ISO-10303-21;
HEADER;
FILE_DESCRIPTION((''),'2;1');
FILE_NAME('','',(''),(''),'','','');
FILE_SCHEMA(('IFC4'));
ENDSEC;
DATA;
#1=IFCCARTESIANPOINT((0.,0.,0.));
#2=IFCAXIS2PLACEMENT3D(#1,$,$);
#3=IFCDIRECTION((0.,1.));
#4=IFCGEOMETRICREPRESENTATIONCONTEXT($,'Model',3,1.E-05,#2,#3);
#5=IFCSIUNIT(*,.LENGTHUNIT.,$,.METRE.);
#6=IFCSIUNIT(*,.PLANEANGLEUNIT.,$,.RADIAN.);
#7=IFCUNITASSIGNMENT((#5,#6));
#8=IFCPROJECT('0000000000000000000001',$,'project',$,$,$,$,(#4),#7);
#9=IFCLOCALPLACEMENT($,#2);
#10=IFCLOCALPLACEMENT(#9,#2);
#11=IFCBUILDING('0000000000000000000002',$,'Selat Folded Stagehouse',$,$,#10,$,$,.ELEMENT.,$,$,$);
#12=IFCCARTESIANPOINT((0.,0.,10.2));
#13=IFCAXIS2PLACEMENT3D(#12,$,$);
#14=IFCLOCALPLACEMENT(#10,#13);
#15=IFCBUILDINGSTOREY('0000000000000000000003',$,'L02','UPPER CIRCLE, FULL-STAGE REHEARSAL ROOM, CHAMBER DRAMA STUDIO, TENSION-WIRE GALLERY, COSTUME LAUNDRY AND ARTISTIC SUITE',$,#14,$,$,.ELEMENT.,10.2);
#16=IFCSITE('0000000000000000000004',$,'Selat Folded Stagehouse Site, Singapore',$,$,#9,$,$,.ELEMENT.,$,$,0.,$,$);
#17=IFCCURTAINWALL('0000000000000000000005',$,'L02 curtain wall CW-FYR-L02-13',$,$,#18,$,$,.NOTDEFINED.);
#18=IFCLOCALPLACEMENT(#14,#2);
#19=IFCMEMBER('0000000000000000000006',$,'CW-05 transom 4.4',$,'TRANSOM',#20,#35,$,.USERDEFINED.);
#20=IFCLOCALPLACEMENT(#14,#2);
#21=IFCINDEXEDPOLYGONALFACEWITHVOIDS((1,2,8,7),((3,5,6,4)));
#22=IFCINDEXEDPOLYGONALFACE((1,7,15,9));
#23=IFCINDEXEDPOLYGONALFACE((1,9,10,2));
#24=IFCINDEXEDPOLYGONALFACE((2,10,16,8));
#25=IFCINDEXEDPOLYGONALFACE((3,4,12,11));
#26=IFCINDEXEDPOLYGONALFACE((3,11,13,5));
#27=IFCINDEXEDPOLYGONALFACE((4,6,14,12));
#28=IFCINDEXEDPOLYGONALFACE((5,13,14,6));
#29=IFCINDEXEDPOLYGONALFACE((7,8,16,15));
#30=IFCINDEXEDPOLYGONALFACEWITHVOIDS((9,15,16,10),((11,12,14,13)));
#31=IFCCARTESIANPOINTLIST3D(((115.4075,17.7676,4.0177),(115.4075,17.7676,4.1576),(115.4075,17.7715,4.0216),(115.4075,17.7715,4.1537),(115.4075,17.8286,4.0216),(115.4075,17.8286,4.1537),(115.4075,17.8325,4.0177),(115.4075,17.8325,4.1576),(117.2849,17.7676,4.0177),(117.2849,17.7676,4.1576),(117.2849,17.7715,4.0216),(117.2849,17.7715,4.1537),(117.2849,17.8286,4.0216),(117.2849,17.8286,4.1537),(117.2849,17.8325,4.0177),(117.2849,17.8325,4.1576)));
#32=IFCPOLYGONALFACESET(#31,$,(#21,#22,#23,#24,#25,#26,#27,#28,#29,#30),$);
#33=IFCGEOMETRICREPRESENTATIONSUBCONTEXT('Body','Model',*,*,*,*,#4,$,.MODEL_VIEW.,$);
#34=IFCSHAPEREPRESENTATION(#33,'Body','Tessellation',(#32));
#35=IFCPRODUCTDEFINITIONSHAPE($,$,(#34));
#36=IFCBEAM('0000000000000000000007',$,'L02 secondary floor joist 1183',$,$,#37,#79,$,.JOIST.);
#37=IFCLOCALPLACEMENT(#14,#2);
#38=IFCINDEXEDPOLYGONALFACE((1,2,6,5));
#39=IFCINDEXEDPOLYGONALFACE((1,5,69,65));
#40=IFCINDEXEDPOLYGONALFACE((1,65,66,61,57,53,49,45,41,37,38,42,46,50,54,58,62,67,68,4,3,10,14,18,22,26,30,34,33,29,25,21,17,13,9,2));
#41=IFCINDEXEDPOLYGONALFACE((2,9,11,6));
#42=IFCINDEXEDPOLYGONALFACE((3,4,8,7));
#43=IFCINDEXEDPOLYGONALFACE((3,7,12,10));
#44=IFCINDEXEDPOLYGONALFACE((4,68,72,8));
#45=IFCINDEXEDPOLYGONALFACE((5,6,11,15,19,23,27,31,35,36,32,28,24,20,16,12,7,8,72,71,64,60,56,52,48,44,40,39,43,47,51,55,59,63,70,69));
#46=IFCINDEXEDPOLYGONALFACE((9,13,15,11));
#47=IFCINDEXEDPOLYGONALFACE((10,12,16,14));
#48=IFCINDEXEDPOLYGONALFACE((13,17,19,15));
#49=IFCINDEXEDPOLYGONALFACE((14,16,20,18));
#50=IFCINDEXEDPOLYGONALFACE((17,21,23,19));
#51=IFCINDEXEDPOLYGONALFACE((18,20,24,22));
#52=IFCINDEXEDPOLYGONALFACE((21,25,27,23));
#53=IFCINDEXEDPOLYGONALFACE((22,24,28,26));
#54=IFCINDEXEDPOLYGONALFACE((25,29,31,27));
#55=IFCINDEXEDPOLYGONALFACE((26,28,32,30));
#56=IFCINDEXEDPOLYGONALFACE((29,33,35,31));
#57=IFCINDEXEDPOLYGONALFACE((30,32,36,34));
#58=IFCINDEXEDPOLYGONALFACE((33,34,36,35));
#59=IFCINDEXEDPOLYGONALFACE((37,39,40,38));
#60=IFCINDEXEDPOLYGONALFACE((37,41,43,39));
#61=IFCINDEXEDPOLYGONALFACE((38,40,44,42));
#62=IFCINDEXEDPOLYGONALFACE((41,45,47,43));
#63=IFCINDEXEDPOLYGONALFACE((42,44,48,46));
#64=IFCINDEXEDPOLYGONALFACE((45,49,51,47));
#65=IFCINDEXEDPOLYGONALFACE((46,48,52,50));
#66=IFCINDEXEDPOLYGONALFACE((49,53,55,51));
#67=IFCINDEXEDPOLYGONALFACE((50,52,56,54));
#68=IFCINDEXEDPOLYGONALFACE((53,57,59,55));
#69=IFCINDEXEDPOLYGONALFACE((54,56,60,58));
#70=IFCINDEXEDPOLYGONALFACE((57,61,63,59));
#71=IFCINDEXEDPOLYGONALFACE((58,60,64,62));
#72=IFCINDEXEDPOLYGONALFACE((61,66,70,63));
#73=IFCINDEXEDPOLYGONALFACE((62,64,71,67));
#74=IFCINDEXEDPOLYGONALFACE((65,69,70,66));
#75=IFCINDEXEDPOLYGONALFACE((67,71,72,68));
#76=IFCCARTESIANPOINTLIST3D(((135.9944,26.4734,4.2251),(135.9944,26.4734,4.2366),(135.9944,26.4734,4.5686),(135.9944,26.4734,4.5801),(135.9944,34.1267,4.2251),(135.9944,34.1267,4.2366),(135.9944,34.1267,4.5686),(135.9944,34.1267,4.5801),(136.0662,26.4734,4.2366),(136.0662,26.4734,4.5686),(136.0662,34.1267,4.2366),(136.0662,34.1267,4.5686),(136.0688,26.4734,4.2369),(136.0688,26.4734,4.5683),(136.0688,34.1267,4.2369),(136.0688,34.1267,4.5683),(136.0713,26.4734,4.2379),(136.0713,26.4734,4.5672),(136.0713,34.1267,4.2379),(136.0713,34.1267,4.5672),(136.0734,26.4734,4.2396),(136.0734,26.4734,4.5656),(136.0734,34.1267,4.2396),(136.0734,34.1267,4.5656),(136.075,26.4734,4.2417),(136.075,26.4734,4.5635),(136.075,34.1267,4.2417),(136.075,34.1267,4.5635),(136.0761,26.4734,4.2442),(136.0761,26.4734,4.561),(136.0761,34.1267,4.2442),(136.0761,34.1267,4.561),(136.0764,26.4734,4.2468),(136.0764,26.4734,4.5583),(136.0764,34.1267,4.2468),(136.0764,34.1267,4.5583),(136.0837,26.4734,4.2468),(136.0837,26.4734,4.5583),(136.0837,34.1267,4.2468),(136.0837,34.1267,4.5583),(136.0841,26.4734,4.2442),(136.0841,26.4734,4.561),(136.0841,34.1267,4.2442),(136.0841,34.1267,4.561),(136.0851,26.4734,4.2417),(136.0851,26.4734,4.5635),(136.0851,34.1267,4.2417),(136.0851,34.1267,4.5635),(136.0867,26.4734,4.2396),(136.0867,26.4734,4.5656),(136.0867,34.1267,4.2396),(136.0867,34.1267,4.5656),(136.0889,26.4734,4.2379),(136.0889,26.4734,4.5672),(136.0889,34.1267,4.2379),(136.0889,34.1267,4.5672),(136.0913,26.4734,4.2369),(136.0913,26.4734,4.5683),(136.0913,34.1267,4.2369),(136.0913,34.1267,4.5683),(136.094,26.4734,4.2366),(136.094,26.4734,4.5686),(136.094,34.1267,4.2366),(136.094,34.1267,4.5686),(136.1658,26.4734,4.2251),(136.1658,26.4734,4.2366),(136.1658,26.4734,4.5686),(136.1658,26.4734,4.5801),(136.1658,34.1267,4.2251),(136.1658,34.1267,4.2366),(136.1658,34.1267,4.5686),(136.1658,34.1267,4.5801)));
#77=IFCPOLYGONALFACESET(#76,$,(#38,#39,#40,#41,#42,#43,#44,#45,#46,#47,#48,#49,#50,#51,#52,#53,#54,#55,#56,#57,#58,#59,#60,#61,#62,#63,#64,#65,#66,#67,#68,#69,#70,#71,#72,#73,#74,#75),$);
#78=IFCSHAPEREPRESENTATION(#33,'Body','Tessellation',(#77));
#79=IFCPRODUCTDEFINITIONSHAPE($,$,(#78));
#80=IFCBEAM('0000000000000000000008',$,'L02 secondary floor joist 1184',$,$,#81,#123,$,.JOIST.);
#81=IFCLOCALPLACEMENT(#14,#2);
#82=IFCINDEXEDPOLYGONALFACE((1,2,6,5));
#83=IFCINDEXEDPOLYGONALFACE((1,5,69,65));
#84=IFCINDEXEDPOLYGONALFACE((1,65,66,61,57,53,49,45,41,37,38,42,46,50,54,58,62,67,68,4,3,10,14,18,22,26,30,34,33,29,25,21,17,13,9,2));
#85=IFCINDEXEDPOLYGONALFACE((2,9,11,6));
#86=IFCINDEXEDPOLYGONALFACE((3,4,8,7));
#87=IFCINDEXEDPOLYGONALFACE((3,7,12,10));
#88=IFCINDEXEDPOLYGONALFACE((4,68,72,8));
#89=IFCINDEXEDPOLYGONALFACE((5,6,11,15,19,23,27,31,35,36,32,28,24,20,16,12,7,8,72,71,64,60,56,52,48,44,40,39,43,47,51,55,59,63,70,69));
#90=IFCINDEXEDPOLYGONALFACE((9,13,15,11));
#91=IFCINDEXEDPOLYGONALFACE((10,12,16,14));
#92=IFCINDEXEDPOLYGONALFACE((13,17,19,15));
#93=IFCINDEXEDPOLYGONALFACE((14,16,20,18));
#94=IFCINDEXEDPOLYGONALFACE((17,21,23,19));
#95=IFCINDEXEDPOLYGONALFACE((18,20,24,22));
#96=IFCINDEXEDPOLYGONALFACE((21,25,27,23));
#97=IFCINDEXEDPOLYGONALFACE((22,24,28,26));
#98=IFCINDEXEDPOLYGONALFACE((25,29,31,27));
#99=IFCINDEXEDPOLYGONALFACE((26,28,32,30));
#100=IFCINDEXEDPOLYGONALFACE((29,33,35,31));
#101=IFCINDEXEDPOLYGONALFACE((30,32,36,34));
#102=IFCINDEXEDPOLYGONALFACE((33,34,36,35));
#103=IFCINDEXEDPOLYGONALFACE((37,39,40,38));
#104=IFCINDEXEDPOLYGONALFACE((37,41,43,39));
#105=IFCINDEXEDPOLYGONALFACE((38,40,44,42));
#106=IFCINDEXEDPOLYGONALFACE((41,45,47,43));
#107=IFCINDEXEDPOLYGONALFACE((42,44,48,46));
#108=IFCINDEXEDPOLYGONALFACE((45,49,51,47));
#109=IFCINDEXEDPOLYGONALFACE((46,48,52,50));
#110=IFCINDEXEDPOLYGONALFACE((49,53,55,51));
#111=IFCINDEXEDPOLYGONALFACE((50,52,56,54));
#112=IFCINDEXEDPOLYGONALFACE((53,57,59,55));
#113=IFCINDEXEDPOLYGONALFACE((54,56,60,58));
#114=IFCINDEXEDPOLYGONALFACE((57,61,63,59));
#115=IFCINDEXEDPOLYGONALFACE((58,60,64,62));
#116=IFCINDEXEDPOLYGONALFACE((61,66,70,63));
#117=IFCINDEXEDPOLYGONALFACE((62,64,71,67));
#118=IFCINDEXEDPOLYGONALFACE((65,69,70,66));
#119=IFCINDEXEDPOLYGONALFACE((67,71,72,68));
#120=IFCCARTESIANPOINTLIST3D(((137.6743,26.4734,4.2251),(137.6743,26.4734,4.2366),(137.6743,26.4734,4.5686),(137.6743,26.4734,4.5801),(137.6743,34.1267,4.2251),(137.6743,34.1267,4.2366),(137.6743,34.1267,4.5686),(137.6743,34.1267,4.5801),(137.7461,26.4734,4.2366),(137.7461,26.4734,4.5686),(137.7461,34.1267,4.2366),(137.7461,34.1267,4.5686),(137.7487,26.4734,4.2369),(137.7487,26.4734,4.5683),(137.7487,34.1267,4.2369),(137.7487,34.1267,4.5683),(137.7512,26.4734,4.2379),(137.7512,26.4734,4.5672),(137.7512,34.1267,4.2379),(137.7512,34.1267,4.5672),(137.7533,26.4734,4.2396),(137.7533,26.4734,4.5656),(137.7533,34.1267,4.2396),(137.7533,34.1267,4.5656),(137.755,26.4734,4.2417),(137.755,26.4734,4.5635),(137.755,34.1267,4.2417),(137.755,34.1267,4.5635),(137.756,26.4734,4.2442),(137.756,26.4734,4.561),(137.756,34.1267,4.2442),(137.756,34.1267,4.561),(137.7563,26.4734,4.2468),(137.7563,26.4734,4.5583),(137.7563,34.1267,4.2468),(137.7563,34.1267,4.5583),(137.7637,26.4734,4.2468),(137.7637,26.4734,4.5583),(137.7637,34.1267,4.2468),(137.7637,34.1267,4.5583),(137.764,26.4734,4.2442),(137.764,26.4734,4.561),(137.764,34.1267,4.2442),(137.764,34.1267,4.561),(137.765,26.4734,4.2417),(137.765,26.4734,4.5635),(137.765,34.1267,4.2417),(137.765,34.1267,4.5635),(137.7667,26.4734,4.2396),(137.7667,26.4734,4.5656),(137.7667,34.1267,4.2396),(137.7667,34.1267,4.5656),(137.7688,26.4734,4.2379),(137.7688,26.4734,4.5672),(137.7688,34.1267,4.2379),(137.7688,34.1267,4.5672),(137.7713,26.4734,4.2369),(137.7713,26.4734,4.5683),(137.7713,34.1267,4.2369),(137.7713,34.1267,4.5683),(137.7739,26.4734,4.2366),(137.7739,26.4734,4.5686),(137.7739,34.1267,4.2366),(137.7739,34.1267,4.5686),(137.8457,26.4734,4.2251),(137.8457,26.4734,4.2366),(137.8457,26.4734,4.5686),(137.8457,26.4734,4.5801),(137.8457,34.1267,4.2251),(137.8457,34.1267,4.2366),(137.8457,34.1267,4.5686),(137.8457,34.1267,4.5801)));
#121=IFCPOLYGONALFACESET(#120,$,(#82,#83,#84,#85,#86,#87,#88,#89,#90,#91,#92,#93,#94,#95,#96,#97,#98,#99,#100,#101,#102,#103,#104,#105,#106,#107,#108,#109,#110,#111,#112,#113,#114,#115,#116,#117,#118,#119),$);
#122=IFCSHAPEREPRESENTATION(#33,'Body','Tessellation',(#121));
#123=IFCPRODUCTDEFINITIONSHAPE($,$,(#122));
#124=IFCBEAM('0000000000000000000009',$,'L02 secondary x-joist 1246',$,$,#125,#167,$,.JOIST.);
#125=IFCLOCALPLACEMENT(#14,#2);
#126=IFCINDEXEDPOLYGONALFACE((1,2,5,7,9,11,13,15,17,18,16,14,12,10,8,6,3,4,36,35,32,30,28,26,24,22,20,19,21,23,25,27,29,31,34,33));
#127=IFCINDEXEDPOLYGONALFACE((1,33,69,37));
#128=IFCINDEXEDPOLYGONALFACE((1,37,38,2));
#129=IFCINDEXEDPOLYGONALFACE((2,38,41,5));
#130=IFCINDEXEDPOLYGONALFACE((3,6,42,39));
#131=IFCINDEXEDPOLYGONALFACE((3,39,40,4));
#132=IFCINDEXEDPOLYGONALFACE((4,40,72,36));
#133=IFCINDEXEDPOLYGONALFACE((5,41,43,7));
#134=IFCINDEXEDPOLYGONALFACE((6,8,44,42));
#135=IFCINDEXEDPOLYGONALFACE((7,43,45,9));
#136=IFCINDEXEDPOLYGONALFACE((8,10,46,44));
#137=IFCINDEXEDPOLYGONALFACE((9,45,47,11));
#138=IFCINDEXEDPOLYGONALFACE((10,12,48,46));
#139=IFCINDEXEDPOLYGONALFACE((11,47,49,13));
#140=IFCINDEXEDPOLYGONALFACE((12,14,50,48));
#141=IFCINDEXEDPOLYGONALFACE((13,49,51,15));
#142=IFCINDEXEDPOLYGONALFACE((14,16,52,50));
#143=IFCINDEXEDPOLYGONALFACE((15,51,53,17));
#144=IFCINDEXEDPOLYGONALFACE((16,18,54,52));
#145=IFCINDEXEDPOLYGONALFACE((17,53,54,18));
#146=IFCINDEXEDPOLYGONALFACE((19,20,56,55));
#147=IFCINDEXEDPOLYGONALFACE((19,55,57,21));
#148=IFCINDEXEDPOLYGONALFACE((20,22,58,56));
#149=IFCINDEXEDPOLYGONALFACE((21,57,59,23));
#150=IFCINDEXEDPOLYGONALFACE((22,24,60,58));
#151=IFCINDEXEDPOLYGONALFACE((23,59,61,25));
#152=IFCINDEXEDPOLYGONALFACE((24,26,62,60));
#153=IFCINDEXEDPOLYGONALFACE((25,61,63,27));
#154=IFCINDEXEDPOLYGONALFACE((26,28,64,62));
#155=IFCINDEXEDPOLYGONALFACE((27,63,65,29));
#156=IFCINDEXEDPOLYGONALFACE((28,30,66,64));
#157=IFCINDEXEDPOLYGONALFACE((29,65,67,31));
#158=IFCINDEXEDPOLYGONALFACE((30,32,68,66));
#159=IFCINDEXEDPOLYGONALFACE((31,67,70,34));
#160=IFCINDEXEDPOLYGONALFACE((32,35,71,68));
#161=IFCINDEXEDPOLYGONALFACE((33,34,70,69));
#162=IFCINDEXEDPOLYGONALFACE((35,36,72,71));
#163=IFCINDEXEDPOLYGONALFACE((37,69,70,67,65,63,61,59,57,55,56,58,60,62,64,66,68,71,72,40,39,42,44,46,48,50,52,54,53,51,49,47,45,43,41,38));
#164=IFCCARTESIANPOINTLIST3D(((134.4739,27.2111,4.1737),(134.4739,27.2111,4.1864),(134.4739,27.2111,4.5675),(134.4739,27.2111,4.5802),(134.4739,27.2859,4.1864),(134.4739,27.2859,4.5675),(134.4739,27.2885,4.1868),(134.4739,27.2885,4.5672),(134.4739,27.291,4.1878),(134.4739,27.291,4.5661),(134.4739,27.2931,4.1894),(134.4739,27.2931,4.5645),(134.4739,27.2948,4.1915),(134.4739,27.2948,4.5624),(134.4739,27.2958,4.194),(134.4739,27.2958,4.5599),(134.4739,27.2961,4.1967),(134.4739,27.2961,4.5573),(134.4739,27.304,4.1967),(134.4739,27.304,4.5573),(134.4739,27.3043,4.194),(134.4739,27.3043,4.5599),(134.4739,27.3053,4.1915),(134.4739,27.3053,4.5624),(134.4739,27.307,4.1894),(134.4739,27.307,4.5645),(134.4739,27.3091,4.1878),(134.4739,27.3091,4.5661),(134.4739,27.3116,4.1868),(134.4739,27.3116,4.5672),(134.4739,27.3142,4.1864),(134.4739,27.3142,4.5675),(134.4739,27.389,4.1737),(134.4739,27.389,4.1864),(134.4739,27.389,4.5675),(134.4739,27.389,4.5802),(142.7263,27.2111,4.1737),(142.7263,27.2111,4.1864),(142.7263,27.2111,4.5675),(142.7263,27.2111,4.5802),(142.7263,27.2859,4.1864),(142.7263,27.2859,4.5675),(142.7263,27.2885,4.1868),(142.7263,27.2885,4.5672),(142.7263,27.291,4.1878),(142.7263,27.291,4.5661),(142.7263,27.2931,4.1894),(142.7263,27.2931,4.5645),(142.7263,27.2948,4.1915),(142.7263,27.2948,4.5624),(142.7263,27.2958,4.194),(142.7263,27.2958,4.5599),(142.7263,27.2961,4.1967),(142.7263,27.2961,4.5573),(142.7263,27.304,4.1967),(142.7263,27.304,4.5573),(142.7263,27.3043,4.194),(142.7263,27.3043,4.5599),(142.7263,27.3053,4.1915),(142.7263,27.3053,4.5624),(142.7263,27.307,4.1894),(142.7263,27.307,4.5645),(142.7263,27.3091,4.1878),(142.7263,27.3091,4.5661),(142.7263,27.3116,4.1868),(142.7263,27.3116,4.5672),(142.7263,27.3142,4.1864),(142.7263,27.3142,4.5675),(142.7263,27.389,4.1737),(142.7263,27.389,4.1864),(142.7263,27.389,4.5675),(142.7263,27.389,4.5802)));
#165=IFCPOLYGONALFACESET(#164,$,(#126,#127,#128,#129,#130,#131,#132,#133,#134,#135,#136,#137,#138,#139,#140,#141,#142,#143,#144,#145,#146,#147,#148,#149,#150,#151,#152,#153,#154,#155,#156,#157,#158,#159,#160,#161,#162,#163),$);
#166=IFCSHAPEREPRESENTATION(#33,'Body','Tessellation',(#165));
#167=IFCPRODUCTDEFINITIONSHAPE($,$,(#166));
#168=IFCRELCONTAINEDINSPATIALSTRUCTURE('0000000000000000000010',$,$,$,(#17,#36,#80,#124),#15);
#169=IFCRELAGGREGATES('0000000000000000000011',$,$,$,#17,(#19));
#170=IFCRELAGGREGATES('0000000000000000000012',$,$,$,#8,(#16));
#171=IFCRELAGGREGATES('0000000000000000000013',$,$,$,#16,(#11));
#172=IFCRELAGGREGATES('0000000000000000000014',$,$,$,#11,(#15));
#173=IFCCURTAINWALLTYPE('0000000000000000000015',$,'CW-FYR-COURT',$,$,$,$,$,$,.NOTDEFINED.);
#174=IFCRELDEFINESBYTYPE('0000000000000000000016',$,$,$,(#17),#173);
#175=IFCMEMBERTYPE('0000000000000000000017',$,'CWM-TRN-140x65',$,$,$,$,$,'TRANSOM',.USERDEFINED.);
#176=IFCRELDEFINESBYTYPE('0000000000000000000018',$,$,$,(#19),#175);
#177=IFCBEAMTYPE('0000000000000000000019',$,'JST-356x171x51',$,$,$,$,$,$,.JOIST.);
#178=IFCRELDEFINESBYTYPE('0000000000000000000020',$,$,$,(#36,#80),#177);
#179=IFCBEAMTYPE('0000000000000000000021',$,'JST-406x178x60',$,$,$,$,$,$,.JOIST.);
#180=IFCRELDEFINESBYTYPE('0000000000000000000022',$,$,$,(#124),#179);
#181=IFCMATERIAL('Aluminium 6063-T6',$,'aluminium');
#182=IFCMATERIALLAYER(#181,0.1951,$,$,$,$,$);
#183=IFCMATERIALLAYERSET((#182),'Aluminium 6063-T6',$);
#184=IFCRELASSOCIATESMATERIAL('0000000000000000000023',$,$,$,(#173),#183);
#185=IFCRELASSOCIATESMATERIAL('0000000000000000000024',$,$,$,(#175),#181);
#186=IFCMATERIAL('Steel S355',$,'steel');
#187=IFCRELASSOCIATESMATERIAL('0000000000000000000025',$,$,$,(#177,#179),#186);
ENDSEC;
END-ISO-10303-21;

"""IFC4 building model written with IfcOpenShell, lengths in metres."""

from ifc_helpers import new_model, si_unit, direction, frame, origin, origin_2d, place, context, subcontext, project, spatial, hollow_rectangle, i_section, extrude, material, layer, layer_set, material_profile, profile_set, type_object, element, aggregate, save


model = new_model("IFC4")

# Units and contexts
model_context = context("Model", 3, precision=1e-05, world=origin(), true_north=direction((0.0, 1.0)))
body_context = subcontext(model_context, "Body", "Model", "MODEL_VIEW")
ifc_project = project(units=[si_unit("LENGTHUNIT", "METRE"), si_unit("PLANEANGLEUNIT", "RADIAN")], contexts=[model_context])

# Site, building, storey
site_placement = place(None, origin())
site = spatial("IfcSite", under=ifc_project, at=site_placement, Name="Selat Folded Stagehouse Site, Singapore", CompositionType="ELEMENT", RefElevation=0.0)
building_placement = place(site_placement, origin())
building = spatial("IfcBuilding", under=site, at=building_placement, Name="Selat Folded Stagehouse", CompositionType="ELEMENT")
storey_placement = place(building_placement, frame((0.0, 0.0, 10.2)))
storey = spatial("IfcBuildingStorey", under=building, at=storey_placement, Name="L02", Description="UPPER CIRCLE, FULL-STAGE REHEARSAL ROOM, CHAMBER DRAMA STUDIO, TENSION-WIRE GALLERY, COSTUME LAUNDRY AND ARTISTIC SUITE", CompositionType="ELEMENT", Elevation=10.2)

# Shared definitions
ifc_material_1 = material(Name="Steel S355", Category="steel")

# Curtain wall, member
ifc_material_2 = material(Name="Aluminium 6063-T6", Category="aluminium")
ifc_layer_1 = layer(ifc_material_2, 0.1951)
ifc_layer_set_1 = layer_set([ifc_layer_1], Name="Aluminium 6063-T6")
curtain_wall_type = type_object("IfcCurtainWallType", Name="CW-FYR-COURT", PredefinedType="NOTDEFINED", material=ifc_layer_set_1)
curtain_wall_placement = place(storey_placement, origin())
curtain_wall = element("IfcCurtainWall", 1, at=curtain_wall_placement, inside=storey, type_object=curtain_wall_type, Name="L02 curtain wall CW-FYR-L02-13", PredefinedType="NOTDEFINED")
ifc_material_profile_1 = material_profile(ifc_material_2, hollow_rectangle(XDim=0.0649, YDim=0.1399, WallThickness=0.0039, at=origin_2d()), Name="ALU 140x65x4.0")
ifc_profile_set_1 = profile_set([ifc_material_profile_1], Name="Aluminium 6063-T6")
member_type_1 = type_object("IfcMemberType", Name="CWM-TRN-140x65", ElementType="TRANSOM", PredefinedType="USERDEFINED", material=ifc_profile_set_1)
member_1_placement = place(storey_placement, frame((115.4075, 17.8, 4.0876), z_axis=(1.0, 0.0, 0.0), x_axis=(0.0, 1.0, 0.0)))
member_1 = element("IfcMember", 2, at=member_1_placement, type_object=member_type_1, Name="CW-05 transom 4.4", ObjectType="TRANSOM", PredefinedType="USERDEFINED", context=body_context, shape_type="SweptSolid", body=[
    extrude(hollow_rectangle(XDim=0.0649, YDim=0.1399, WallThickness=0.0039, at=origin_2d()), origin(), (0.0, 0.0, 1.0), 1.8774),
])

# Beams
ifc_material_profile_2 = material_profile(ifc_material_1, i_section(OverallWidth=0.1714, OverallDepth=0.355, WebThickness=0.0073, FlangeThickness=0.0115, FilletRadius=0.0103, at=origin_2d()), Name="UKB 356x171x51")
ifc_profile_set_2 = profile_set([ifc_material_profile_2], Name="Steel S355")
beam_type_1 = type_object("IfcBeamType", Name="JST-356x171x51", PredefinedType="JOIST", material=ifc_profile_set_2)
for number, where, z_axis, x_axis, name in (
    (3, (136.0801, 26.4734, 4.4026), (0.0, 1.0, 0.0), (-1.0, 0.0, 0.0), "L02 secondary floor joist 1183"),
    (4, (137.76, 26.4734, 4.4026), (0.0, 1.0, 0.0), (-1.0, 0.0, 0.0), "L02 secondary floor joist 1184"),
):
    element("IfcBeam", number, at=place(storey_placement, frame(where, z_axis=z_axis, x_axis=x_axis)), inside=storey, type_object=beam_type_1, Name=name, PredefinedType="JOIST", context=body_context, shape_type="SweptSolid", body=[
        extrude(i_section(OverallWidth=0.1714, OverallDepth=0.355, WebThickness=0.0073, FlangeThickness=0.0115, FilletRadius=0.0103, at=origin_2d()), origin(), (0.0, 0.0, 1.0), 7.6533),
    ])
ifc_material_profile_3 = material_profile(ifc_material_1, i_section(OverallWidth=0.178, OverallDepth=0.4065, WebThickness=0.0078, FlangeThickness=0.0127, FilletRadius=0.0103, at=origin_2d()), Name="UKB 406x178x60")
ifc_profile_set_3 = profile_set([ifc_material_profile_3], Name="Steel S355")
beam_type_2 = type_object("IfcBeamType", Name="JST-406x178x60", PredefinedType="JOIST", material=ifc_profile_set_3)
for number, where, z_axis, x_axis, name in (
    (5, (134.4739, 27.3, 4.377), (1.0, 0.0, 0.0), (0.0, 1.0, 0.0), "L02 secondary x-joist 1246"),
):
    element("IfcBeam", number, at=place(storey_placement, frame(where, z_axis=z_axis, x_axis=x_axis)), inside=storey, type_object=beam_type_2, Name=name, PredefinedType="JOIST", context=body_context, shape_type="SweptSolid", body=[
        extrude(i_section(OverallWidth=0.178, OverallDepth=0.4065, WebThickness=0.0078, FlangeThickness=0.0127, FilletRadius=0.0103, at=origin_2d()), origin(), (0.0, 0.0, 1.0), 8.2524),
    ])

aggregate(curtain_wall, [member_1])

save(model, "model.ifc")
